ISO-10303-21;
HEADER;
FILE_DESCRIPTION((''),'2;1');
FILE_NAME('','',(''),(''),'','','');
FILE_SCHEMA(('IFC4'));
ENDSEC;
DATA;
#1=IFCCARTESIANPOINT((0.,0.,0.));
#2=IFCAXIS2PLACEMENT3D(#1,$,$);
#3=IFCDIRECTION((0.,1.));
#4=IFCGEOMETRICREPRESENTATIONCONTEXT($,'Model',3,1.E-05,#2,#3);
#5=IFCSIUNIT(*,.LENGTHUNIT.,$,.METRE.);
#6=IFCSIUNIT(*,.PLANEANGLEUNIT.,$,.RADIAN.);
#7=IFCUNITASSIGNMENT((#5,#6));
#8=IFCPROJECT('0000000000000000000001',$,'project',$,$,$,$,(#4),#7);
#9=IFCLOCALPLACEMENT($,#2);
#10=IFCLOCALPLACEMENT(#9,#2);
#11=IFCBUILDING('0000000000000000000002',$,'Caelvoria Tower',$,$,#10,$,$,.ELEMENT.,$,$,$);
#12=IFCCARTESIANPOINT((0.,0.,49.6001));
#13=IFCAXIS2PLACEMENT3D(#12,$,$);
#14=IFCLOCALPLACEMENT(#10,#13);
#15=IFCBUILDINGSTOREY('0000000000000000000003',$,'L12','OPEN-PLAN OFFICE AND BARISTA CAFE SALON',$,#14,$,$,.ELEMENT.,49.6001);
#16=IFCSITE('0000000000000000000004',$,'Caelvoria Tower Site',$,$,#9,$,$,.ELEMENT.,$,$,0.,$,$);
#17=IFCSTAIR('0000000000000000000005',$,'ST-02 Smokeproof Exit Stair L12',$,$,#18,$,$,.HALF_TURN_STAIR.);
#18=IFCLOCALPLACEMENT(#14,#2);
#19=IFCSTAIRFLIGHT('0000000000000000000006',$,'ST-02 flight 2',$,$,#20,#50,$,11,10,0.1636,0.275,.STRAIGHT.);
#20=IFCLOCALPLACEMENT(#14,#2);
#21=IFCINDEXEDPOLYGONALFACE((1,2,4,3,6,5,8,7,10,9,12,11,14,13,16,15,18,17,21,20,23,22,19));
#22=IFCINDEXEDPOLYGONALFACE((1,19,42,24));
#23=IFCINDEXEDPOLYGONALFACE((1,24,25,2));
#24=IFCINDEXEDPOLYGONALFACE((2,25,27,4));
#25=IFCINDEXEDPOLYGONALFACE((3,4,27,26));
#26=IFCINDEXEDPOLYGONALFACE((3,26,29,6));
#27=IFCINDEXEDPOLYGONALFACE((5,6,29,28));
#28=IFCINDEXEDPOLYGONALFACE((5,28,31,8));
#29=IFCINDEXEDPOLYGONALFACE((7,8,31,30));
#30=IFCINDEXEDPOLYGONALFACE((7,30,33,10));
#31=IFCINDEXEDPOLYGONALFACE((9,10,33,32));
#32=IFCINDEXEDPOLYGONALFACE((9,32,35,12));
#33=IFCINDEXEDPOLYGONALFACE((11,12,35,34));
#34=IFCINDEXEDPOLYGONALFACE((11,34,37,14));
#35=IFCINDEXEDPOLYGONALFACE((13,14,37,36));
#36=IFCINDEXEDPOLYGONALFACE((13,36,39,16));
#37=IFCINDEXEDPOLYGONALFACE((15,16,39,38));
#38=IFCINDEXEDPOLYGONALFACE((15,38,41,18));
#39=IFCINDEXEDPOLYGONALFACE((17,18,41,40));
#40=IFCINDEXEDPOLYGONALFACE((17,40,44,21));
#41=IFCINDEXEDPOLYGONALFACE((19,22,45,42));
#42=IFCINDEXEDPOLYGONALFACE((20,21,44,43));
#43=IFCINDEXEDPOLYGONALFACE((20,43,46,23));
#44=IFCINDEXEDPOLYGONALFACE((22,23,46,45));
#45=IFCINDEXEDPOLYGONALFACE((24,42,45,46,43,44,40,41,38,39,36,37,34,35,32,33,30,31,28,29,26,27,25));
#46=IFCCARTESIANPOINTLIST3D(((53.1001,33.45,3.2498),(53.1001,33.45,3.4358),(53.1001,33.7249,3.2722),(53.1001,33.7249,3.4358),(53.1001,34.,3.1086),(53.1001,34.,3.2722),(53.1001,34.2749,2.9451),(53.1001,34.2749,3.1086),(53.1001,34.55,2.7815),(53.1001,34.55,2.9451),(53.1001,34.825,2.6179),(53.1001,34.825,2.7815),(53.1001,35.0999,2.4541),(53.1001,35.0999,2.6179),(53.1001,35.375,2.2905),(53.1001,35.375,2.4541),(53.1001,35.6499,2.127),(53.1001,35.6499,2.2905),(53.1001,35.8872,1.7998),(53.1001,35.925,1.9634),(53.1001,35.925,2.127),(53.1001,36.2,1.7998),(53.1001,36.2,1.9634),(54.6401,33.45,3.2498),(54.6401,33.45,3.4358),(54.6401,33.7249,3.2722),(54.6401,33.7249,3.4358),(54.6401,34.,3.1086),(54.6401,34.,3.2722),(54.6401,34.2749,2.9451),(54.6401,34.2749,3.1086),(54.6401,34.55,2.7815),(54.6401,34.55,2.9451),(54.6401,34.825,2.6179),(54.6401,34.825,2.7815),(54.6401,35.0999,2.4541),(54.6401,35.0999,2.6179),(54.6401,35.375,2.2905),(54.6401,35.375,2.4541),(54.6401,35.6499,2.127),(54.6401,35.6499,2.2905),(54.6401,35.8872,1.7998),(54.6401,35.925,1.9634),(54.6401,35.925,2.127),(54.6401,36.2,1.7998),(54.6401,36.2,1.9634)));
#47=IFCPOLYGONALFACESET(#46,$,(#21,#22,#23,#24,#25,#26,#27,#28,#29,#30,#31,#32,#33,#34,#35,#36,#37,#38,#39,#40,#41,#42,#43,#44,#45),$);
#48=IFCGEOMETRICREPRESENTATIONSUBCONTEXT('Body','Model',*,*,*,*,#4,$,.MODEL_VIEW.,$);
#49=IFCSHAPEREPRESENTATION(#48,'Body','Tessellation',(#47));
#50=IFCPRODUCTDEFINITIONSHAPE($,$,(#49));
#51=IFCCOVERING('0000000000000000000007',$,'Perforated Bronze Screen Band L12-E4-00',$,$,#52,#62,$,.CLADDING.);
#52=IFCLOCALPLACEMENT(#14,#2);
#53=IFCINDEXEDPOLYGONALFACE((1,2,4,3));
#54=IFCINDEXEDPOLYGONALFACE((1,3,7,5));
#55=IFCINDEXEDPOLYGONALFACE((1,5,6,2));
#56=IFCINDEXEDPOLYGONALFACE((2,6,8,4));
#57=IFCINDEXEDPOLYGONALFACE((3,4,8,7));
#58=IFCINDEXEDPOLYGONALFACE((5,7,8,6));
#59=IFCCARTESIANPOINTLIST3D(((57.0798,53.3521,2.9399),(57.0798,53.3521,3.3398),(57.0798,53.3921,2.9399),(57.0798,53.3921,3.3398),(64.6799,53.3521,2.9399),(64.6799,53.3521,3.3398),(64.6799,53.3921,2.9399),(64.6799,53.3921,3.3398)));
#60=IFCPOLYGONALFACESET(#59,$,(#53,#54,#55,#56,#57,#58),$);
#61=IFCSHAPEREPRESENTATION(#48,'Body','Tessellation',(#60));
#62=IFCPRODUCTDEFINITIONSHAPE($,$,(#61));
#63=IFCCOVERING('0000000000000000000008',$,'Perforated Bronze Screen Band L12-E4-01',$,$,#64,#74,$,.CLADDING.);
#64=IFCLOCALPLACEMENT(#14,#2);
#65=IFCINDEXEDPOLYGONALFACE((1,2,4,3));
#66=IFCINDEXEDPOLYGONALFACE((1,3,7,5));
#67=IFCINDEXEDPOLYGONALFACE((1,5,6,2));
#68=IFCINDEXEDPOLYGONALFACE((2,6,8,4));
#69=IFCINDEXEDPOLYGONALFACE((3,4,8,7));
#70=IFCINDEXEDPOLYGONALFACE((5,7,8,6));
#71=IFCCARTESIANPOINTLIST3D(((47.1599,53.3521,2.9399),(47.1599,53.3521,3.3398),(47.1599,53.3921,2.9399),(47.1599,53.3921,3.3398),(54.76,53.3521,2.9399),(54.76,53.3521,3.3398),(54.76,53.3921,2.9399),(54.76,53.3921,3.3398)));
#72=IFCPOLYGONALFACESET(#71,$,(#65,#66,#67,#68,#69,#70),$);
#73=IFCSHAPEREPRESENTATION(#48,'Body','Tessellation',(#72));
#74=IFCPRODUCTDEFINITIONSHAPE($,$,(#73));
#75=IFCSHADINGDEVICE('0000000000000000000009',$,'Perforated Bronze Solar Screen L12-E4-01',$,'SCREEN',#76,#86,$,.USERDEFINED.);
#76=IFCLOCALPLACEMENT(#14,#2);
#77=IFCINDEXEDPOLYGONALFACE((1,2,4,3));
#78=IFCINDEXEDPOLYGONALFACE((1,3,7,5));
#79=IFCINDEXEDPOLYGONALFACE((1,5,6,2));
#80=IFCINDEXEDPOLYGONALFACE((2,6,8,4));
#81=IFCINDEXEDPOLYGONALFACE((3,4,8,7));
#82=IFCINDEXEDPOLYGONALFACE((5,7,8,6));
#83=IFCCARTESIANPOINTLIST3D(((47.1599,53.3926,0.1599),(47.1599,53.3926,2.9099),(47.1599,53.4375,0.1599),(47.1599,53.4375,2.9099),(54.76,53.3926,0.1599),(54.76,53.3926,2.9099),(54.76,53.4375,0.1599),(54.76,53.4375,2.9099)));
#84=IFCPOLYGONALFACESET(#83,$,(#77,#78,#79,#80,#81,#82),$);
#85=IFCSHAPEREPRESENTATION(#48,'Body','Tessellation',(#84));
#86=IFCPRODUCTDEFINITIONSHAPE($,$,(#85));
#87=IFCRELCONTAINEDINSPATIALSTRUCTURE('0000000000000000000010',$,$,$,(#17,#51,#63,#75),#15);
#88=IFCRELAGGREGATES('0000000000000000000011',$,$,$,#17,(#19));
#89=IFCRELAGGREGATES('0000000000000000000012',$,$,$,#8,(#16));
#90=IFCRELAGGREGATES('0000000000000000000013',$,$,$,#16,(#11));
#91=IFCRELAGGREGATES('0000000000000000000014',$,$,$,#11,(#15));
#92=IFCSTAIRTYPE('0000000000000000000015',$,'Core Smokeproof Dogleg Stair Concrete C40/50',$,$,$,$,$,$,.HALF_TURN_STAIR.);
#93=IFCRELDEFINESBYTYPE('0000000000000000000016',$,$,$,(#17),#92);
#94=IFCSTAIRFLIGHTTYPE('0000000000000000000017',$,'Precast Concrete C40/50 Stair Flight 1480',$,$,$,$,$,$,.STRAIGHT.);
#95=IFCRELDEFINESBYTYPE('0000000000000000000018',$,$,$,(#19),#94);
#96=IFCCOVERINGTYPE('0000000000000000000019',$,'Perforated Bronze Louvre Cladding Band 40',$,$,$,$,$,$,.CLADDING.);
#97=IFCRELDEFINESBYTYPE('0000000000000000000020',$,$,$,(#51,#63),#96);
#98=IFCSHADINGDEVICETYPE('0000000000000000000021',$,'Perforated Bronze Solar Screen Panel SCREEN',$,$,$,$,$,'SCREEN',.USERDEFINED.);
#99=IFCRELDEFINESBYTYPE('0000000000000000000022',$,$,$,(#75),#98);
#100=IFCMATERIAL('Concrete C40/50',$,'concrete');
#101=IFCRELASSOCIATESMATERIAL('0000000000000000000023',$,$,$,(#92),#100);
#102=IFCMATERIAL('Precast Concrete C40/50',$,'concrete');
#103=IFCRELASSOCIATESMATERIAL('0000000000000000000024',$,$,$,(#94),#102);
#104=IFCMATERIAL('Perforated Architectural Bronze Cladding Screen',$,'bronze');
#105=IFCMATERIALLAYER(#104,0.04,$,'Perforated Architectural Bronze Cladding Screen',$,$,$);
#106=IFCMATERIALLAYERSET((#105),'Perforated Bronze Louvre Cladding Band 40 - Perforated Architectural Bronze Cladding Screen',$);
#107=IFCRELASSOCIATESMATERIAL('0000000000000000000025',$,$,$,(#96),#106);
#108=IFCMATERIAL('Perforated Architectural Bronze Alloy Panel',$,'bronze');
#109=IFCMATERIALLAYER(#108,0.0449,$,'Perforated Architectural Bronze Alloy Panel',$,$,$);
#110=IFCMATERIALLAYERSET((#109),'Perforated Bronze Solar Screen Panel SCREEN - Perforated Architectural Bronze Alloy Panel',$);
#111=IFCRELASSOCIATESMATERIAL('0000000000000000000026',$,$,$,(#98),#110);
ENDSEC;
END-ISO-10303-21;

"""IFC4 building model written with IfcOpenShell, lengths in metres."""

from ifc_helpers import new_model, si_unit, direction, frame, origin, origin_2d, place, context, subcontext, project, spatial, polyline, rectangle, outline, extrude, material, layer, layer_set, type_object, element, aggregate, save


model = new_model("IFC4")

# Units and contexts
model_context = context("Model", 3, precision=1e-05, world=origin(), true_north=direction((0.0, 1.0)))
body_context = subcontext(model_context, "Body", "Model", "MODEL_VIEW")
ifc_project = project(units=[si_unit("LENGTHUNIT", "METRE"), si_unit("PLANEANGLEUNIT", "RADIAN")], contexts=[model_context])

# Site, building, storey
site_placement = place(None, origin())
site = spatial("IfcSite", under=ifc_project, at=site_placement, Name="Caelvoria Tower Site", CompositionType="ELEMENT", RefElevation=0.0)
building_placement = place(site_placement, origin())
building = spatial("IfcBuilding", under=site, at=building_placement, Name="Caelvoria Tower", CompositionType="ELEMENT")
storey_placement = place(building_placement, frame((0.0, 0.0, 49.6001)))
storey = spatial("IfcBuildingStorey", under=building, at=storey_placement, Name="L12", Description="OPEN-PLAN OFFICE AND BARISTA CAFE SALON", CompositionType="ELEMENT", Elevation=49.6001)

# Stair, stair flight
ifc_material_1 = material(Name="Concrete C40/50", Category="concrete")
stair_type = type_object("IfcStairType", Name="Core Smokeproof Dogleg Stair Concrete C40/50", PredefinedType="HALF_TURN_STAIR", material=ifc_material_1)
stair_placement = place(storey_placement, origin())
stair = element("IfcStair", 1, at=stair_placement, inside=storey, type_object=stair_type, Name="ST-02 Smokeproof Exit Stair L12", PredefinedType="HALF_TURN_STAIR")
ifc_material_2 = material(Name="Precast Concrete C40/50", Category="concrete")
stair_flight_type = type_object("IfcStairFlightType", Name="Precast Concrete C40/50 Stair Flight 1480", PredefinedType="STRAIGHT", material=ifc_material_2)
stair_flight_1_placement = place(storey_placement, frame((53.8701, 36.2, 1.7998), z_axis=(0.0, 0.0, 1.0), x_axis=(0.0, -1.0, 0.0)))
stair_flight_1 = element("IfcStairFlight", 2, at=stair_flight_1_placement, type_object=stair_flight_type, Name="ST-02 flight 2", NumberOfRisers=11, NumberOfTreads=10, PredefinedType="STRAIGHT", RiserHeight=0.1636, TreadLength=0.275, context=body_context, shape_type="SweptSolid", body=[
    extrude(outline(polyline([(0.0, 0.0), (0.0, 0.1636), (0.2749, 0.1636), (0.2749, 0.3271), (0.55, 0.3271), (0.55, 0.4907), (0.825, 0.4907), (0.825, 0.6543), (1.1001, 0.6543), (1.1001, 0.8181), (1.375, 0.8181), (1.375, 0.9817), (1.6499, 0.9817), (1.6499, 1.1453), (1.925, 1.1453), (1.925, 1.3088), (2.2, 1.3088), (2.2, 1.4724), (2.4751, 1.4724), (2.4751, 1.636), (2.75, 1.636), (2.75, 1.7996), (2.75, 1.45), (0.3127, 0.0), (0.0, 0.0)])), frame((0.0, 0.77, 0.0), z_axis=(0.0, -1.0, 0.0), x_axis=(1.0, 0.0, 0.0)), (0.0, 0.0, 1.0), 1.54),
])
aggregate(stair, [stair_flight_1])

# Coverings
ifc_material_3 = material(Name="Perforated Architectural Bronze Cladding Screen", Category="bronze")
ifc_layer_1 = layer(ifc_material_3, 0.04, Name="Perforated Architectural Bronze Cladding Screen")
ifc_layer_set_1 = layer_set([ifc_layer_1], Name="Perforated Bronze Louvre Cladding Band 40 - Perforated Architectural Bronze Cladding Screen")
covering_type = type_object("IfcCoveringType", Name="Perforated Bronze Louvre Cladding Band 40", PredefinedType="CLADDING", material=ifc_layer_set_1)
for number, where, z_axis, x_axis, name in (
    (3, (60.8799, 53.3721, 2.9399), (0.0, 0.0, 1.0), (-1.0, 0.0, 0.0), "Perforated Bronze Screen Band L12-E4-00"),
    (4, (50.96, 53.3721, 2.9399), (0.0, 0.0, 1.0), (-1.0, 0.0, 0.0), "Perforated Bronze Screen Band L12-E4-01"),
):
    element("IfcCovering", number, at=place(storey_placement, frame(where, z_axis=z_axis, x_axis=x_axis)), inside=storey, type_object=covering_type, Name=name, PredefinedType="CLADDING", context=body_context, shape_type="SweptSolid", body=[
        extrude(rectangle(XDim=7.6001, YDim=0.04, at=origin_2d()), origin(), (0.0, 0.0, 1.0), 0.3999),
    ])

# Shading device
ifc_material_4 = material(Name="Perforated Architectural Bronze Alloy Panel", Category="bronze")
ifc_layer_2 = layer(ifc_material_4, 0.0449, Name="Perforated Architectural Bronze Alloy Panel")
ifc_layer_set_2 = layer_set([ifc_layer_2], Name="Perforated Bronze Solar Screen Panel SCREEN - Perforated Architectural Bronze Alloy Panel")
shading_device_type = type_object("IfcShadingDeviceType", Name="Perforated Bronze Solar Screen Panel SCREEN", ElementType="SCREEN", PredefinedType="USERDEFINED", material=ifc_layer_set_2)
shading_device_placement = place(storey_placement, frame((50.96, 53.415, 0.1599), z_axis=(0.0, 0.0, 1.0), x_axis=(-1.0, 0.0, 0.0)))
element("IfcShadingDevice", 5, at=shading_device_placement, inside=storey, type_object=shading_device_type, Name="Perforated Bronze Solar Screen L12-E4-01", ObjectType="SCREEN", PredefinedType="USERDEFINED", context=body_context, shape_type="SweptSolid", body=[
    extrude(rectangle(XDim=7.6001, YDim=0.0449, at=origin_2d()), origin(), (0.0, 0.0, 1.0), 2.75),
])

save(model, "model.ifc")
